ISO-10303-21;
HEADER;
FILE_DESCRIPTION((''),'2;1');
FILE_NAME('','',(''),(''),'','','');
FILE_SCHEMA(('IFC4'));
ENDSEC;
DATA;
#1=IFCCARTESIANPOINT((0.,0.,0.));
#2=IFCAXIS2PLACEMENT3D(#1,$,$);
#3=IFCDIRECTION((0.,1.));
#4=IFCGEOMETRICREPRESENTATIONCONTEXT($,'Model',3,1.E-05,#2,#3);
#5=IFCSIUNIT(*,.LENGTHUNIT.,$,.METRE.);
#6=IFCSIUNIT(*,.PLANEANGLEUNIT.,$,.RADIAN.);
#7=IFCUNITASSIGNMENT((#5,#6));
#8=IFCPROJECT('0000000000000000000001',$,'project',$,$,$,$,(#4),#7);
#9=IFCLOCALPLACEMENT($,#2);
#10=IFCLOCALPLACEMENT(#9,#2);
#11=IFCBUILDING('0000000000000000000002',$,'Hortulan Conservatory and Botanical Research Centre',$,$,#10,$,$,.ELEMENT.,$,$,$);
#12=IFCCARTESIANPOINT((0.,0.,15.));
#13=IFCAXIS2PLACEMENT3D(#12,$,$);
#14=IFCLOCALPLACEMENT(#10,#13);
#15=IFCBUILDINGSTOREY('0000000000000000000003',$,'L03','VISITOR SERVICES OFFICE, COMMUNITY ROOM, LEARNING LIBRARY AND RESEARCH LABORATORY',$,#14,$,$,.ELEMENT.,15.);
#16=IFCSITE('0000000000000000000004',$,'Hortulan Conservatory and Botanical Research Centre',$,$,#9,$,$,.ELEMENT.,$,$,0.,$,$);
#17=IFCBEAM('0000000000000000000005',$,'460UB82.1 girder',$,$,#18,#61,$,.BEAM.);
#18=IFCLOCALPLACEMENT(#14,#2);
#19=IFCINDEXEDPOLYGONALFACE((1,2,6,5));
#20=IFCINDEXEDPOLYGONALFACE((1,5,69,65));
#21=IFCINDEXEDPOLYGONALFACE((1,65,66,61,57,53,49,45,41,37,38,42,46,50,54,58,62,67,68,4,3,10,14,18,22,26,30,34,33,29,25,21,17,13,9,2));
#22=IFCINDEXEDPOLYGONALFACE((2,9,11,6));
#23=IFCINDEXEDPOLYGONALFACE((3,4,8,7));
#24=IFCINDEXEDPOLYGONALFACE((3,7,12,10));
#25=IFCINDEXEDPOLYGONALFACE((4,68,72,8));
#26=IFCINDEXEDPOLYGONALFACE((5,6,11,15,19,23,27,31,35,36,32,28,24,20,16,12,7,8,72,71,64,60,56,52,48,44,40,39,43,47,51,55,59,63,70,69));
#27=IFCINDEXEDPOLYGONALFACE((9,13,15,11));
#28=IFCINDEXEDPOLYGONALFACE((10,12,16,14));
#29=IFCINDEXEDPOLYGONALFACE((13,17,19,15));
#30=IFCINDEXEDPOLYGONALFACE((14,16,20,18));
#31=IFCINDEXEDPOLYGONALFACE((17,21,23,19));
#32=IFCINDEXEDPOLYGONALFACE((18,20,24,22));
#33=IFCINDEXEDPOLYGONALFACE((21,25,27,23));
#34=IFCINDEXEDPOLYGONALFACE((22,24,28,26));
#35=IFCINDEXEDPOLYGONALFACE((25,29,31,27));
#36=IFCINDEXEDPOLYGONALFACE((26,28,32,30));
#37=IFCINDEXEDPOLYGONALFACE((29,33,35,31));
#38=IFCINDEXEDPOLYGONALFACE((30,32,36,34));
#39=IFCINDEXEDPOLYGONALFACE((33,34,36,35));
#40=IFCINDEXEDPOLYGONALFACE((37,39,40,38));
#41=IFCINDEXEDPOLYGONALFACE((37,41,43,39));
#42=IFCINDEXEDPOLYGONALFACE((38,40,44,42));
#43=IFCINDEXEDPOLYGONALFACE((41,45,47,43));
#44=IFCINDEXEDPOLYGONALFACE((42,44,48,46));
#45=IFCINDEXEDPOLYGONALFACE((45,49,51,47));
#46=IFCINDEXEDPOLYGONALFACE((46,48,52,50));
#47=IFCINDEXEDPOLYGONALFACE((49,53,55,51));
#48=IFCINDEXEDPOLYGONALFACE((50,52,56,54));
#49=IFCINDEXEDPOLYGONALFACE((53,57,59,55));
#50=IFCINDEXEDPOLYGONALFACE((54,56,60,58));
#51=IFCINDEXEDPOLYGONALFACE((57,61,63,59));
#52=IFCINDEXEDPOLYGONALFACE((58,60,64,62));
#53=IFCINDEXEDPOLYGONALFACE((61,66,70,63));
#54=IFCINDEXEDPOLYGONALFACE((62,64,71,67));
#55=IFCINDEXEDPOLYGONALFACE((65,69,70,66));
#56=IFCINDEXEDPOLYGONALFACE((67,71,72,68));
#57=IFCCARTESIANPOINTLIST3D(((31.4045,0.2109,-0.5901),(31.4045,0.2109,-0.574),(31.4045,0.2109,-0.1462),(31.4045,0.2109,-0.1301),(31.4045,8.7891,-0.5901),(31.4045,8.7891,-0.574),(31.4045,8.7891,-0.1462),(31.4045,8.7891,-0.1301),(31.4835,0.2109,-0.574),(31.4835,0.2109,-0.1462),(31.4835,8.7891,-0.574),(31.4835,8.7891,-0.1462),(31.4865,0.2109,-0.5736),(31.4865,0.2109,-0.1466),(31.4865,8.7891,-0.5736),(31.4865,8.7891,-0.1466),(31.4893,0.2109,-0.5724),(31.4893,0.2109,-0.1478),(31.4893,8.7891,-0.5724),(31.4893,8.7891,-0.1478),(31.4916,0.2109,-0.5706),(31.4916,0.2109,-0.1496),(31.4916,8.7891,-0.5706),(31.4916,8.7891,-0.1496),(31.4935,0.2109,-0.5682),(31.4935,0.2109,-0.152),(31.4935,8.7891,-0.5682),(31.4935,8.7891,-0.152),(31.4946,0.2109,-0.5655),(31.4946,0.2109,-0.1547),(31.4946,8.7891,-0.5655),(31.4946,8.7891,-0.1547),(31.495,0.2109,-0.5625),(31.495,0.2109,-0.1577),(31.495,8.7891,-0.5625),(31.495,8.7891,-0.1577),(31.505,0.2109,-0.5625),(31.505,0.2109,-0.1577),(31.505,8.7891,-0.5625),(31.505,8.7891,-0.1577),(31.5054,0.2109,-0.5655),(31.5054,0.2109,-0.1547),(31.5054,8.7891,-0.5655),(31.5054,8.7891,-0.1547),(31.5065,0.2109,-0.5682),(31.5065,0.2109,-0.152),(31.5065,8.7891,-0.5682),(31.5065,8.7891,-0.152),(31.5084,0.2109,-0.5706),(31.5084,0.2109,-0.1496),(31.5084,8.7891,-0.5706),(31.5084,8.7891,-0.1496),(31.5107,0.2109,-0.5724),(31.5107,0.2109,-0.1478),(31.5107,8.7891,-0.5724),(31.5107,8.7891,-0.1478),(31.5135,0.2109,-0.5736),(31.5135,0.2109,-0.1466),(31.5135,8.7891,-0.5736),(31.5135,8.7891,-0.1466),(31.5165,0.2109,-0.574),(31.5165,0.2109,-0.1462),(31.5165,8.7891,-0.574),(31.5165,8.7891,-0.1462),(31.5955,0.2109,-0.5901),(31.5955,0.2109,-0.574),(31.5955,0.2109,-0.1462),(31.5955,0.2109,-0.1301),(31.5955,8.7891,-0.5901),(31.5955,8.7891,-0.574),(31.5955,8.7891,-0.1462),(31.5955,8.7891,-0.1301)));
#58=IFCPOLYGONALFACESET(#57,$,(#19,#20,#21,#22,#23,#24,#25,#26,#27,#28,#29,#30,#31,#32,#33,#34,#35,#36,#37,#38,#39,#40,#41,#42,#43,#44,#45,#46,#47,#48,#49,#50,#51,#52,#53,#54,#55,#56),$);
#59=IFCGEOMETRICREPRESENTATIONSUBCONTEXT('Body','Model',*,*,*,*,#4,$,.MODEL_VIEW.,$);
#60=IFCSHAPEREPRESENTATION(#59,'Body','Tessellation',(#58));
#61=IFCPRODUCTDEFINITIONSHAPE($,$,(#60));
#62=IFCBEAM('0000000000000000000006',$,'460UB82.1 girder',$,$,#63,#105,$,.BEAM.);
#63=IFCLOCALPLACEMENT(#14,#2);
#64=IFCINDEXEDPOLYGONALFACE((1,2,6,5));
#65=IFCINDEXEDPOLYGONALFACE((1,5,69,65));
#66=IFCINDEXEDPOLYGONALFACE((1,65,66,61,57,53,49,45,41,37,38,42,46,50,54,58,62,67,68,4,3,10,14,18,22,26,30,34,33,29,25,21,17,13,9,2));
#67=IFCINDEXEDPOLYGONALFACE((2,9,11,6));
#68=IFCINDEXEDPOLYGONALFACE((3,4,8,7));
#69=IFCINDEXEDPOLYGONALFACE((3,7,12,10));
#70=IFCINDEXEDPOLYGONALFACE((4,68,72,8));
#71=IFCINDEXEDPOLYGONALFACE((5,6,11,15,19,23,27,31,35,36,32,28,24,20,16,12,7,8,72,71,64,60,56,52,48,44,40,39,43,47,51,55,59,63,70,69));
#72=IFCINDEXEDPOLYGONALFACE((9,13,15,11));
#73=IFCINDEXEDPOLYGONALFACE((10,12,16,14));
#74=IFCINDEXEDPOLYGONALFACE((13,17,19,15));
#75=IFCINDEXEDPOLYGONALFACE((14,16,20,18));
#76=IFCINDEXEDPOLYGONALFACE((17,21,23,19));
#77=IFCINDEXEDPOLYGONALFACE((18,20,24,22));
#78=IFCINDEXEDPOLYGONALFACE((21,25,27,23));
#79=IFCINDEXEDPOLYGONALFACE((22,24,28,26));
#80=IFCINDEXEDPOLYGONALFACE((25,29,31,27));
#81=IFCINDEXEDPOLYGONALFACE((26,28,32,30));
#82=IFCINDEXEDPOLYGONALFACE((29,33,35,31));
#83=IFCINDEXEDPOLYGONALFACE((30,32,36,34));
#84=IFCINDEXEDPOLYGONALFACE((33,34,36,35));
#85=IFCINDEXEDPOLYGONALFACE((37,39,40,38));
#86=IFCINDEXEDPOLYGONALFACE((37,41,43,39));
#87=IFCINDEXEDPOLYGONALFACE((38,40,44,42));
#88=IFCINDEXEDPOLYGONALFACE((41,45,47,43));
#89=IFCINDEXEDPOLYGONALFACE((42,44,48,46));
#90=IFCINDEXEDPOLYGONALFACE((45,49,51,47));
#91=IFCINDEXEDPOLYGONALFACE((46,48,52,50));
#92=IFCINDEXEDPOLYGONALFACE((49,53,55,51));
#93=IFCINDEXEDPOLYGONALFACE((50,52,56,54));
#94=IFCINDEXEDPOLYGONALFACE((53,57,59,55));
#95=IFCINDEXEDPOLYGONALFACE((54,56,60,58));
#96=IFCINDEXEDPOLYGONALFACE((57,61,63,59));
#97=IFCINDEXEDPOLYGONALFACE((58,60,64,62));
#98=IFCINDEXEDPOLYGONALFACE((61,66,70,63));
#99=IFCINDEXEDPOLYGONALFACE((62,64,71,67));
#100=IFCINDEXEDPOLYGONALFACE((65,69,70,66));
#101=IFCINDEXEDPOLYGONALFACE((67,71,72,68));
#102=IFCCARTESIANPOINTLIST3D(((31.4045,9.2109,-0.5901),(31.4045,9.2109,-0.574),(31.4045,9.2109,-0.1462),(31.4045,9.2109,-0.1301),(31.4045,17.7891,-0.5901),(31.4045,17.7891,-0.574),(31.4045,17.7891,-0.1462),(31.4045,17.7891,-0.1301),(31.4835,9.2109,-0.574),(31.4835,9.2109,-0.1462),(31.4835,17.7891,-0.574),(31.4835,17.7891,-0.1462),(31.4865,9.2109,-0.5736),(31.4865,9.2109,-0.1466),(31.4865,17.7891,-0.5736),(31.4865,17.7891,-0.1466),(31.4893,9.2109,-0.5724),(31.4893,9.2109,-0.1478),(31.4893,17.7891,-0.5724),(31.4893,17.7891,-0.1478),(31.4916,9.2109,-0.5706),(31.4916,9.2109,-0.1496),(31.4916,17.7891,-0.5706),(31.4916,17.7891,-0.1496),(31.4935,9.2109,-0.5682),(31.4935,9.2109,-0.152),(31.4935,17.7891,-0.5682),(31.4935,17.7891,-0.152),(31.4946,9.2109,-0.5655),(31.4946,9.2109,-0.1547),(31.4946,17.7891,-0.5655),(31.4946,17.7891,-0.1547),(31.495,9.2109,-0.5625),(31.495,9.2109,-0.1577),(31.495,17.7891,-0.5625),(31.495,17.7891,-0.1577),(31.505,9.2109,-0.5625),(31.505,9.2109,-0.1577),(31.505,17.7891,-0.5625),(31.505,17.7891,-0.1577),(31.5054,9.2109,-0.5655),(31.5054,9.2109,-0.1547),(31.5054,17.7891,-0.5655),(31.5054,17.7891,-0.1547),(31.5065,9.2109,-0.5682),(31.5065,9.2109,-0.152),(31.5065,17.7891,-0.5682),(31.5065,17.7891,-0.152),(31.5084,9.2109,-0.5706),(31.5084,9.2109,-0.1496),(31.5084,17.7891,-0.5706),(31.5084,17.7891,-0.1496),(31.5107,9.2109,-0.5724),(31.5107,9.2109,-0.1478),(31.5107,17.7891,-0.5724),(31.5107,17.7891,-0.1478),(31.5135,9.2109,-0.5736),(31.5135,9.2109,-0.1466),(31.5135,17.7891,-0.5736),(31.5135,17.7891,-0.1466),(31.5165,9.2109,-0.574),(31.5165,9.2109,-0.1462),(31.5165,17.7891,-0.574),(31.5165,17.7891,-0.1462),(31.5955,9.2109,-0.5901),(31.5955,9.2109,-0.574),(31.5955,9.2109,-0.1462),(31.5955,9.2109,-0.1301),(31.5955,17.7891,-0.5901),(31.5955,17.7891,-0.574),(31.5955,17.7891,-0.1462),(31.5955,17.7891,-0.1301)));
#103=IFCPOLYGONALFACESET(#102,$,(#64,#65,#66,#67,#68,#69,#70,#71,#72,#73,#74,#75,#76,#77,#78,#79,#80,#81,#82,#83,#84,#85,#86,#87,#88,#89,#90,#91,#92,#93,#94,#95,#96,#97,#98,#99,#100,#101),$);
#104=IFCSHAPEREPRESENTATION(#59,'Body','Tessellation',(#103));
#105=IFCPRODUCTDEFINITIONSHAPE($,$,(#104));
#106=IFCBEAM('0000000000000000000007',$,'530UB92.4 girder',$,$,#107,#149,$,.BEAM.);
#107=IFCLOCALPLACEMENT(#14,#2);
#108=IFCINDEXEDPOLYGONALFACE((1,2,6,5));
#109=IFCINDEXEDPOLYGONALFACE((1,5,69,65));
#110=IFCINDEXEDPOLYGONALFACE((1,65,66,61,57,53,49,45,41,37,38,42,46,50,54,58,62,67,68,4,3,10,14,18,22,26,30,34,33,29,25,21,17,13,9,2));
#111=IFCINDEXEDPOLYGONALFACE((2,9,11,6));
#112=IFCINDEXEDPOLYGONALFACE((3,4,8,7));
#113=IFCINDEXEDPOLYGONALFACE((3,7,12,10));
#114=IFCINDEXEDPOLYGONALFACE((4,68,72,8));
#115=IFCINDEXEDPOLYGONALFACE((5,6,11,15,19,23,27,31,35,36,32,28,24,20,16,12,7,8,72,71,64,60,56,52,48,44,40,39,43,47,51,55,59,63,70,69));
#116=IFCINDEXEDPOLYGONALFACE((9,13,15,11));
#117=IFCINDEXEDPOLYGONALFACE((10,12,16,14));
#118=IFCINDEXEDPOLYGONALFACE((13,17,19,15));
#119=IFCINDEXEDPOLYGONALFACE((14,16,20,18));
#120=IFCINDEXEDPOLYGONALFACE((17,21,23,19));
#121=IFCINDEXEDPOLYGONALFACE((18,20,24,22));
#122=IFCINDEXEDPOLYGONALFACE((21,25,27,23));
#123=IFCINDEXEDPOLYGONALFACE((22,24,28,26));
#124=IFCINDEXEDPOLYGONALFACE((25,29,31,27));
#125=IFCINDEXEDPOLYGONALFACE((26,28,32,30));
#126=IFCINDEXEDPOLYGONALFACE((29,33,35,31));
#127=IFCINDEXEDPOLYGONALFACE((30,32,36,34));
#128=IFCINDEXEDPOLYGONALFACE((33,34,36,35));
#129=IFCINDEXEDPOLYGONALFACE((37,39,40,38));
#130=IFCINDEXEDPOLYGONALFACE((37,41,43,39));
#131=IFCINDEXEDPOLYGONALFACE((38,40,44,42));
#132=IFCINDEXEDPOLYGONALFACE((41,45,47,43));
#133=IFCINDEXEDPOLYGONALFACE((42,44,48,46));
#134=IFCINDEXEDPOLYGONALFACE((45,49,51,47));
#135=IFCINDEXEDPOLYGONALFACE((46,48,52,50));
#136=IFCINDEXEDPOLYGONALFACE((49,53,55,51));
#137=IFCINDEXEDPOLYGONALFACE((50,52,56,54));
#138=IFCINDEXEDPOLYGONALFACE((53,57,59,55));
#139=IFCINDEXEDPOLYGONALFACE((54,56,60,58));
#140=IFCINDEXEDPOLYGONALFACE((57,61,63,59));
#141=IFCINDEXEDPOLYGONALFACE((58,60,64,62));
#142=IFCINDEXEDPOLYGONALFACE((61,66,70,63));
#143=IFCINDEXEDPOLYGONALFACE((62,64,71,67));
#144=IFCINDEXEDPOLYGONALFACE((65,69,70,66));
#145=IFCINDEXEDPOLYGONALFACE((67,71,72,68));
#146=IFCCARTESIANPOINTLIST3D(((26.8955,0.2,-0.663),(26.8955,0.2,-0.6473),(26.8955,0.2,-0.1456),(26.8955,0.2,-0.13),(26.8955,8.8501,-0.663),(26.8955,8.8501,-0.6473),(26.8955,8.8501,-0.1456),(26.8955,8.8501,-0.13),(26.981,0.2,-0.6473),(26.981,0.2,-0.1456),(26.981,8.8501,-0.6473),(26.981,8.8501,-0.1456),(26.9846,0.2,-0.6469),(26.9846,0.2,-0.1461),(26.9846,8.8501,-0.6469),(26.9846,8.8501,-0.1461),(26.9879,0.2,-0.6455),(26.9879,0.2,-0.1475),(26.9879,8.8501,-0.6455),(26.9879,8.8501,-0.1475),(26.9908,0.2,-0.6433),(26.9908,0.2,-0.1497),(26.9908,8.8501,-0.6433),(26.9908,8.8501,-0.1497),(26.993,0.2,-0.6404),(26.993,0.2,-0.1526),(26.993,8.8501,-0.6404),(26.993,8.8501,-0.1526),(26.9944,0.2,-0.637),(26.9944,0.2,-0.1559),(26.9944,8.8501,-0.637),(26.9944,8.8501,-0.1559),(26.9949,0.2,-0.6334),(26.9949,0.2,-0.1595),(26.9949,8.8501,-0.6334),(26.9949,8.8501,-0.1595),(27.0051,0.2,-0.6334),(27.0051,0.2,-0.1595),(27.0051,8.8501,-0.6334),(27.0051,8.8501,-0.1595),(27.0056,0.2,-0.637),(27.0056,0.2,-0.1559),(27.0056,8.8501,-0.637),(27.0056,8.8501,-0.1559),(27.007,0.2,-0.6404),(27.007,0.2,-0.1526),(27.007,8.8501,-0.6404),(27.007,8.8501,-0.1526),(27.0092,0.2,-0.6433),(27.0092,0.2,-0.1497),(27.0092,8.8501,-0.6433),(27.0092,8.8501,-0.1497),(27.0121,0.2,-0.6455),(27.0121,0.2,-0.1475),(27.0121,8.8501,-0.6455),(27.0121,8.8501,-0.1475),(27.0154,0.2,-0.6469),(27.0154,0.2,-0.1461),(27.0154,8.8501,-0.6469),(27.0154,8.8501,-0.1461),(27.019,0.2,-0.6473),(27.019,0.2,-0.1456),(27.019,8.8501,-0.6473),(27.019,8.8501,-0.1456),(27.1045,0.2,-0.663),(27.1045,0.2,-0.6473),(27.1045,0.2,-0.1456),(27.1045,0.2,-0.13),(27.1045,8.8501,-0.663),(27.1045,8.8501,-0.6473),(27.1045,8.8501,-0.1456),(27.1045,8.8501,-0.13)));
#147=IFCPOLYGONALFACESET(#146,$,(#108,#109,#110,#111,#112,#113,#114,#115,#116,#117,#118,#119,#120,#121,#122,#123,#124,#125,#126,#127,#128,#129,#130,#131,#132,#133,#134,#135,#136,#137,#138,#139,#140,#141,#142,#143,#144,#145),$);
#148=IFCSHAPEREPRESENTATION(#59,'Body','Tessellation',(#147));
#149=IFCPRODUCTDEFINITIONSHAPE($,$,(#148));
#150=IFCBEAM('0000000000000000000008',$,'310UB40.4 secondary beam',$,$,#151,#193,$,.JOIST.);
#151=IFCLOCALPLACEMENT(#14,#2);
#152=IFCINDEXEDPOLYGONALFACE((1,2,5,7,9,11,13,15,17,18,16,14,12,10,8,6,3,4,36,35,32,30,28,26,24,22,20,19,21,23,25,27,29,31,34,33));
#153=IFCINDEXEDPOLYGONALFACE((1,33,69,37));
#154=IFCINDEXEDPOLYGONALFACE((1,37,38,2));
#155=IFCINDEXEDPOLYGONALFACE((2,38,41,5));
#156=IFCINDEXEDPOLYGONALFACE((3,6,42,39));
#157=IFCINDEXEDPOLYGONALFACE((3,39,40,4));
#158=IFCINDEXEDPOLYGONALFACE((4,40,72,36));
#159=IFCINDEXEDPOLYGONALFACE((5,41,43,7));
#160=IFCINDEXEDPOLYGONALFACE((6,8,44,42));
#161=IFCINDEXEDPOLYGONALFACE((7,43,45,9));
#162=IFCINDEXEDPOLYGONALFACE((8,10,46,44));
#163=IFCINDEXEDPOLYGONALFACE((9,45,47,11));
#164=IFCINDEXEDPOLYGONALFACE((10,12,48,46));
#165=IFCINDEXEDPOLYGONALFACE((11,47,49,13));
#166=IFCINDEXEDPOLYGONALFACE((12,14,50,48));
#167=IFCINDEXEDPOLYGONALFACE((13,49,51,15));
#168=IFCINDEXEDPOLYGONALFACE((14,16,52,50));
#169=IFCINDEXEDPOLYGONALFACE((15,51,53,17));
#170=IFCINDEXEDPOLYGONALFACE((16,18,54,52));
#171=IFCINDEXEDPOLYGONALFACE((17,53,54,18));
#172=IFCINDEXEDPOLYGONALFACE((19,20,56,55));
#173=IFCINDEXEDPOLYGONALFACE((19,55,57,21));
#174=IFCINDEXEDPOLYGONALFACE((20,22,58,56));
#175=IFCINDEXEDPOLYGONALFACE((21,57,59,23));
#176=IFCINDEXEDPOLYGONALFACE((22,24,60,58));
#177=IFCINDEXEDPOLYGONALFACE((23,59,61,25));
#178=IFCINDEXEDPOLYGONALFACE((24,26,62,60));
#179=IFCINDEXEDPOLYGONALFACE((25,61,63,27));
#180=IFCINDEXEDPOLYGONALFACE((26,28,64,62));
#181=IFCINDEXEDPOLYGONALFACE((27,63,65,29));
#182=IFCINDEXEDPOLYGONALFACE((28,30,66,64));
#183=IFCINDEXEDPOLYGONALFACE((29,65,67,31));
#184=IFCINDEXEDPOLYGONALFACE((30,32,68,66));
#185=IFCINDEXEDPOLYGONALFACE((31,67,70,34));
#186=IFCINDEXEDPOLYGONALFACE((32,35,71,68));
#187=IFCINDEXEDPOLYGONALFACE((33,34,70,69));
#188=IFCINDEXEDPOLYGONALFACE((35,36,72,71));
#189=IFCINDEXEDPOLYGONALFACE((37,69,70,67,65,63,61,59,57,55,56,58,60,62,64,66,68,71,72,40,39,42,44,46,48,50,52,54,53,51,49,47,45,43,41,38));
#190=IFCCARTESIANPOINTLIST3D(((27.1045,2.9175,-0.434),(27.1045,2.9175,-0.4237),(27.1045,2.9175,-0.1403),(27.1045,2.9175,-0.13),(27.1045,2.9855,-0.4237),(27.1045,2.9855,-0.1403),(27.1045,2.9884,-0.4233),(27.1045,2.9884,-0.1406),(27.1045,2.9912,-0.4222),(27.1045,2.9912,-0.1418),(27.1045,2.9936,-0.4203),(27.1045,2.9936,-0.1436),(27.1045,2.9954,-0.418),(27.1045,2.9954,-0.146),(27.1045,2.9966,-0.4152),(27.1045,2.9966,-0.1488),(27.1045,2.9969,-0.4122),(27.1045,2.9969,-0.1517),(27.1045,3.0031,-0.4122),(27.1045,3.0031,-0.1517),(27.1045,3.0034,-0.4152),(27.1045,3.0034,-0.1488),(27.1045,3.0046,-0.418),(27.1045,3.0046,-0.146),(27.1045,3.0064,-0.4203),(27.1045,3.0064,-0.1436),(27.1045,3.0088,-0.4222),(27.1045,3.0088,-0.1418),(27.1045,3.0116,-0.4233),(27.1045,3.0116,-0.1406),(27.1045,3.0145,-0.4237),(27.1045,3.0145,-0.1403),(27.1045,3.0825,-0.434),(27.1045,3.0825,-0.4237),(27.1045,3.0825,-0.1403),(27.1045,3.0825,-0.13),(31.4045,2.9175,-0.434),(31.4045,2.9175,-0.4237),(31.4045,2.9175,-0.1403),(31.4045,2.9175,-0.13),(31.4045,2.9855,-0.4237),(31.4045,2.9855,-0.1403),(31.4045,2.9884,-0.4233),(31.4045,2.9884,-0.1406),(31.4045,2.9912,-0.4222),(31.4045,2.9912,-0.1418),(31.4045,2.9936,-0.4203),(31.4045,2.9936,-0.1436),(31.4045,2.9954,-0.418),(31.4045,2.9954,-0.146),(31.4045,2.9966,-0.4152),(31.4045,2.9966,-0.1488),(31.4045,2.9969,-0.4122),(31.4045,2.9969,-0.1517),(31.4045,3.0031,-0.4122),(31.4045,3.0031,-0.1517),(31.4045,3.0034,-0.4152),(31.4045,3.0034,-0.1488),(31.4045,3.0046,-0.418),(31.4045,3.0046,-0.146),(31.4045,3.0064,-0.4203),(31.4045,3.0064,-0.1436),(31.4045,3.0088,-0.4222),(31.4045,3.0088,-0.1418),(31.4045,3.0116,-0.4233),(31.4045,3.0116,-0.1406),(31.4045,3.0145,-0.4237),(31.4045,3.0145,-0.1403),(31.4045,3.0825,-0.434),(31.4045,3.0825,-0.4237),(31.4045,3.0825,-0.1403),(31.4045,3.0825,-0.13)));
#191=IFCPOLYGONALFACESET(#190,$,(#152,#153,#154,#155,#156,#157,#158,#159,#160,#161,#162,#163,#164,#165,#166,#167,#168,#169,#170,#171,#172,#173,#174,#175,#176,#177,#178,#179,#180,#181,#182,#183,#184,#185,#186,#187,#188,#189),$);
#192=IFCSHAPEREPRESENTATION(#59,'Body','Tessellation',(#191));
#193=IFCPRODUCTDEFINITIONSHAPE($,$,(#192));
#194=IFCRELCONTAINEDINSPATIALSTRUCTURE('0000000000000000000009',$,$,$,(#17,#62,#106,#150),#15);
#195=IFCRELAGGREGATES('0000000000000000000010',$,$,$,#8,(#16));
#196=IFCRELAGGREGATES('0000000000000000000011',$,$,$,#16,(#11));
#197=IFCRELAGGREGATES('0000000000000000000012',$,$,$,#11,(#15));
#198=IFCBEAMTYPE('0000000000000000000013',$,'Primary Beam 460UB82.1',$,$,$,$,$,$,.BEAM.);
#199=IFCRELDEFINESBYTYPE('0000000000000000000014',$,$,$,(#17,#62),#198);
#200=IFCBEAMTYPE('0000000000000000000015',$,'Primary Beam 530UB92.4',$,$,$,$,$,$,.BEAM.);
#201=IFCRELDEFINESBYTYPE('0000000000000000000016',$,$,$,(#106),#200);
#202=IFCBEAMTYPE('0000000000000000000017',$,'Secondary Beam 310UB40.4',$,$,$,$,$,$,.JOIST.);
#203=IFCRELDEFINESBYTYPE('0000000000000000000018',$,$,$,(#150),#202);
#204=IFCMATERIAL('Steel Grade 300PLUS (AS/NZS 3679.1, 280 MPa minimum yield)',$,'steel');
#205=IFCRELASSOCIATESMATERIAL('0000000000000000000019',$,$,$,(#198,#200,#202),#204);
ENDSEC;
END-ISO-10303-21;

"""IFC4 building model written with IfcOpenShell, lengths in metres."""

from ifc_helpers import new_model, si_unit, direction, frame, origin, origin_2d, place, context, subcontext, project, spatial, i_section, extrude, material, material_profile, profile_set, type_object, element, save


model = new_model("IFC4")

# Units and contexts
model_context = context("Model", 3, precision=1e-05, world=origin(), true_north=direction((0.0, 1.0)))
body_context = subcontext(model_context, "Body", "Model", "MODEL_VIEW")
ifc_project = project(units=[si_unit("LENGTHUNIT", "METRE"), si_unit("PLANEANGLEUNIT", "RADIAN")], contexts=[model_context])

# Site, building, storey
site_placement = place(None, origin())
site = spatial("IfcSite", under=ifc_project, at=site_placement, Name="Hortulan Conservatory and Botanical Research Centre", CompositionType="ELEMENT", RefElevation=0.0)
building_placement = place(site_placement, origin())
building = spatial("IfcBuilding", under=site, at=building_placement, Name="Hortulan Conservatory and Botanical Research Centre", CompositionType="ELEMENT")
storey_placement = place(building_placement, frame((0.0, 0.0, 15.0)))
storey = spatial("IfcBuildingStorey", under=building, at=storey_placement, Name="L03", Description="VISITOR SERVICES OFFICE, COMMUNITY ROOM, LEARNING LIBRARY AND RESEARCH LABORATORY", CompositionType="ELEMENT", Elevation=15.0)

# Beams
ifc_material_1 = material(Name="Steel Grade 300PLUS (AS/NZS 3679.1, 280 MPa minimum yield)", Category="steel")
ifc_material_profile_1 = material_profile(ifc_material_1, i_section(OverallWidth=0.1909, OverallDepth=0.46, WebThickness=0.01, FlangeThickness=0.0161, FilletRadius=0.0115, at=origin_2d()), Name="460UB82.1")
ifc_profile_set_1 = profile_set([ifc_material_profile_1], Name="Steel Grade 300PLUS (AS/NZS 3679.1, 280 MPa minimum yield)")
beam_type_1 = type_object("IfcBeamType", Name="Primary Beam 460UB82.1", PredefinedType="BEAM", material=ifc_profile_set_1)
for number, where, z_axis, x_axis, name in (
    (1, (31.5, 0.2109, -0.3601), (0.0, 1.0, 0.0), (-1.0, 0.0, 0.0), "460UB82.1 girder"),
    (2, (31.5, 9.2109, -0.3601), (0.0, 1.0, 0.0), (-1.0, 0.0, 0.0), "460UB82.1 girder"),
):
    element("IfcBeam", number, at=place(storey_placement, frame(where, z_axis=z_axis, x_axis=x_axis)), inside=storey, type_object=beam_type_1, Name=name, PredefinedType="BEAM", context=body_context, shape_type="SweptSolid", body=[
        extrude(i_section(OverallWidth=0.1909, OverallDepth=0.46, WebThickness=0.01, FlangeThickness=0.0161, FilletRadius=0.0115, at=origin_2d()), origin(), (0.0, 0.0, 1.0), 8.5781),
    ])
ifc_material_profile_2 = material_profile(ifc_material_1, i_section(OverallWidth=0.209, OverallDepth=0.533, WebThickness=0.0103, FlangeThickness=0.0156, FilletRadius=0.0139, at=origin_2d()), Name="530UB92.4")
ifc_profile_set_2 = profile_set([ifc_material_profile_2], Name="Steel Grade 300PLUS (AS/NZS 3679.1, 280 MPa minimum yield)")
beam_type_2 = type_object("IfcBeamType", Name="Primary Beam 530UB92.4", PredefinedType="BEAM", material=ifc_profile_set_2)
beam_1_placement = place(storey_placement, frame((27.0, 0.2, -0.3965), z_axis=(0.0, 1.0, 0.0), x_axis=(-1.0, 0.0, 0.0)))
element("IfcBeam", 3, at=beam_1_placement, inside=storey, type_object=beam_type_2, Name="530UB92.4 girder", PredefinedType="BEAM", context=body_context, shape_type="SweptSolid", body=[
    extrude(i_section(OverallWidth=0.209, OverallDepth=0.533, WebThickness=0.0103, FlangeThickness=0.0156, FilletRadius=0.0139, at=origin_2d()), origin(), (0.0, 0.0, 1.0), 8.6501),
])
ifc_material_profile_3 = material_profile(ifc_material_1, i_section(OverallWidth=0.165, OverallDepth=0.304, WebThickness=0.0061, FlangeThickness=0.0103, FilletRadius=0.0115, at=origin_2d()), Name="310UB40.4")
ifc_profile_set_3 = profile_set([ifc_material_profile_3], Name="Steel Grade 300PLUS (AS/NZS 3679.1, 280 MPa minimum yield)")
beam_type_3 = type_object("IfcBeamType", Name="Secondary Beam 310UB40.4", PredefinedType="JOIST", material=ifc_profile_set_3)
for number, where, z_axis, x_axis, name in (
    (4, (27.1045, 3.0, -0.282), (1.0, 0.0, 0.0), (0.0, 1.0, 0.0), "310UB40.4 secondary beam"),
):
    element("IfcBeam", number, at=place(storey_placement, frame(where, z_axis=z_axis, x_axis=x_axis)), inside=storey, type_object=beam_type_3, Name=name, PredefinedType="JOIST", context=body_context, shape_type="SweptSolid", body=[
        extrude(i_section(OverallWidth=0.165, OverallDepth=0.304, WebThickness=0.0061, FlangeThickness=0.0103, FilletRadius=0.0115, at=origin_2d()), origin(), (0.0, 0.0, 1.0), 4.3),
    ])

save(model, "model.ifc")
